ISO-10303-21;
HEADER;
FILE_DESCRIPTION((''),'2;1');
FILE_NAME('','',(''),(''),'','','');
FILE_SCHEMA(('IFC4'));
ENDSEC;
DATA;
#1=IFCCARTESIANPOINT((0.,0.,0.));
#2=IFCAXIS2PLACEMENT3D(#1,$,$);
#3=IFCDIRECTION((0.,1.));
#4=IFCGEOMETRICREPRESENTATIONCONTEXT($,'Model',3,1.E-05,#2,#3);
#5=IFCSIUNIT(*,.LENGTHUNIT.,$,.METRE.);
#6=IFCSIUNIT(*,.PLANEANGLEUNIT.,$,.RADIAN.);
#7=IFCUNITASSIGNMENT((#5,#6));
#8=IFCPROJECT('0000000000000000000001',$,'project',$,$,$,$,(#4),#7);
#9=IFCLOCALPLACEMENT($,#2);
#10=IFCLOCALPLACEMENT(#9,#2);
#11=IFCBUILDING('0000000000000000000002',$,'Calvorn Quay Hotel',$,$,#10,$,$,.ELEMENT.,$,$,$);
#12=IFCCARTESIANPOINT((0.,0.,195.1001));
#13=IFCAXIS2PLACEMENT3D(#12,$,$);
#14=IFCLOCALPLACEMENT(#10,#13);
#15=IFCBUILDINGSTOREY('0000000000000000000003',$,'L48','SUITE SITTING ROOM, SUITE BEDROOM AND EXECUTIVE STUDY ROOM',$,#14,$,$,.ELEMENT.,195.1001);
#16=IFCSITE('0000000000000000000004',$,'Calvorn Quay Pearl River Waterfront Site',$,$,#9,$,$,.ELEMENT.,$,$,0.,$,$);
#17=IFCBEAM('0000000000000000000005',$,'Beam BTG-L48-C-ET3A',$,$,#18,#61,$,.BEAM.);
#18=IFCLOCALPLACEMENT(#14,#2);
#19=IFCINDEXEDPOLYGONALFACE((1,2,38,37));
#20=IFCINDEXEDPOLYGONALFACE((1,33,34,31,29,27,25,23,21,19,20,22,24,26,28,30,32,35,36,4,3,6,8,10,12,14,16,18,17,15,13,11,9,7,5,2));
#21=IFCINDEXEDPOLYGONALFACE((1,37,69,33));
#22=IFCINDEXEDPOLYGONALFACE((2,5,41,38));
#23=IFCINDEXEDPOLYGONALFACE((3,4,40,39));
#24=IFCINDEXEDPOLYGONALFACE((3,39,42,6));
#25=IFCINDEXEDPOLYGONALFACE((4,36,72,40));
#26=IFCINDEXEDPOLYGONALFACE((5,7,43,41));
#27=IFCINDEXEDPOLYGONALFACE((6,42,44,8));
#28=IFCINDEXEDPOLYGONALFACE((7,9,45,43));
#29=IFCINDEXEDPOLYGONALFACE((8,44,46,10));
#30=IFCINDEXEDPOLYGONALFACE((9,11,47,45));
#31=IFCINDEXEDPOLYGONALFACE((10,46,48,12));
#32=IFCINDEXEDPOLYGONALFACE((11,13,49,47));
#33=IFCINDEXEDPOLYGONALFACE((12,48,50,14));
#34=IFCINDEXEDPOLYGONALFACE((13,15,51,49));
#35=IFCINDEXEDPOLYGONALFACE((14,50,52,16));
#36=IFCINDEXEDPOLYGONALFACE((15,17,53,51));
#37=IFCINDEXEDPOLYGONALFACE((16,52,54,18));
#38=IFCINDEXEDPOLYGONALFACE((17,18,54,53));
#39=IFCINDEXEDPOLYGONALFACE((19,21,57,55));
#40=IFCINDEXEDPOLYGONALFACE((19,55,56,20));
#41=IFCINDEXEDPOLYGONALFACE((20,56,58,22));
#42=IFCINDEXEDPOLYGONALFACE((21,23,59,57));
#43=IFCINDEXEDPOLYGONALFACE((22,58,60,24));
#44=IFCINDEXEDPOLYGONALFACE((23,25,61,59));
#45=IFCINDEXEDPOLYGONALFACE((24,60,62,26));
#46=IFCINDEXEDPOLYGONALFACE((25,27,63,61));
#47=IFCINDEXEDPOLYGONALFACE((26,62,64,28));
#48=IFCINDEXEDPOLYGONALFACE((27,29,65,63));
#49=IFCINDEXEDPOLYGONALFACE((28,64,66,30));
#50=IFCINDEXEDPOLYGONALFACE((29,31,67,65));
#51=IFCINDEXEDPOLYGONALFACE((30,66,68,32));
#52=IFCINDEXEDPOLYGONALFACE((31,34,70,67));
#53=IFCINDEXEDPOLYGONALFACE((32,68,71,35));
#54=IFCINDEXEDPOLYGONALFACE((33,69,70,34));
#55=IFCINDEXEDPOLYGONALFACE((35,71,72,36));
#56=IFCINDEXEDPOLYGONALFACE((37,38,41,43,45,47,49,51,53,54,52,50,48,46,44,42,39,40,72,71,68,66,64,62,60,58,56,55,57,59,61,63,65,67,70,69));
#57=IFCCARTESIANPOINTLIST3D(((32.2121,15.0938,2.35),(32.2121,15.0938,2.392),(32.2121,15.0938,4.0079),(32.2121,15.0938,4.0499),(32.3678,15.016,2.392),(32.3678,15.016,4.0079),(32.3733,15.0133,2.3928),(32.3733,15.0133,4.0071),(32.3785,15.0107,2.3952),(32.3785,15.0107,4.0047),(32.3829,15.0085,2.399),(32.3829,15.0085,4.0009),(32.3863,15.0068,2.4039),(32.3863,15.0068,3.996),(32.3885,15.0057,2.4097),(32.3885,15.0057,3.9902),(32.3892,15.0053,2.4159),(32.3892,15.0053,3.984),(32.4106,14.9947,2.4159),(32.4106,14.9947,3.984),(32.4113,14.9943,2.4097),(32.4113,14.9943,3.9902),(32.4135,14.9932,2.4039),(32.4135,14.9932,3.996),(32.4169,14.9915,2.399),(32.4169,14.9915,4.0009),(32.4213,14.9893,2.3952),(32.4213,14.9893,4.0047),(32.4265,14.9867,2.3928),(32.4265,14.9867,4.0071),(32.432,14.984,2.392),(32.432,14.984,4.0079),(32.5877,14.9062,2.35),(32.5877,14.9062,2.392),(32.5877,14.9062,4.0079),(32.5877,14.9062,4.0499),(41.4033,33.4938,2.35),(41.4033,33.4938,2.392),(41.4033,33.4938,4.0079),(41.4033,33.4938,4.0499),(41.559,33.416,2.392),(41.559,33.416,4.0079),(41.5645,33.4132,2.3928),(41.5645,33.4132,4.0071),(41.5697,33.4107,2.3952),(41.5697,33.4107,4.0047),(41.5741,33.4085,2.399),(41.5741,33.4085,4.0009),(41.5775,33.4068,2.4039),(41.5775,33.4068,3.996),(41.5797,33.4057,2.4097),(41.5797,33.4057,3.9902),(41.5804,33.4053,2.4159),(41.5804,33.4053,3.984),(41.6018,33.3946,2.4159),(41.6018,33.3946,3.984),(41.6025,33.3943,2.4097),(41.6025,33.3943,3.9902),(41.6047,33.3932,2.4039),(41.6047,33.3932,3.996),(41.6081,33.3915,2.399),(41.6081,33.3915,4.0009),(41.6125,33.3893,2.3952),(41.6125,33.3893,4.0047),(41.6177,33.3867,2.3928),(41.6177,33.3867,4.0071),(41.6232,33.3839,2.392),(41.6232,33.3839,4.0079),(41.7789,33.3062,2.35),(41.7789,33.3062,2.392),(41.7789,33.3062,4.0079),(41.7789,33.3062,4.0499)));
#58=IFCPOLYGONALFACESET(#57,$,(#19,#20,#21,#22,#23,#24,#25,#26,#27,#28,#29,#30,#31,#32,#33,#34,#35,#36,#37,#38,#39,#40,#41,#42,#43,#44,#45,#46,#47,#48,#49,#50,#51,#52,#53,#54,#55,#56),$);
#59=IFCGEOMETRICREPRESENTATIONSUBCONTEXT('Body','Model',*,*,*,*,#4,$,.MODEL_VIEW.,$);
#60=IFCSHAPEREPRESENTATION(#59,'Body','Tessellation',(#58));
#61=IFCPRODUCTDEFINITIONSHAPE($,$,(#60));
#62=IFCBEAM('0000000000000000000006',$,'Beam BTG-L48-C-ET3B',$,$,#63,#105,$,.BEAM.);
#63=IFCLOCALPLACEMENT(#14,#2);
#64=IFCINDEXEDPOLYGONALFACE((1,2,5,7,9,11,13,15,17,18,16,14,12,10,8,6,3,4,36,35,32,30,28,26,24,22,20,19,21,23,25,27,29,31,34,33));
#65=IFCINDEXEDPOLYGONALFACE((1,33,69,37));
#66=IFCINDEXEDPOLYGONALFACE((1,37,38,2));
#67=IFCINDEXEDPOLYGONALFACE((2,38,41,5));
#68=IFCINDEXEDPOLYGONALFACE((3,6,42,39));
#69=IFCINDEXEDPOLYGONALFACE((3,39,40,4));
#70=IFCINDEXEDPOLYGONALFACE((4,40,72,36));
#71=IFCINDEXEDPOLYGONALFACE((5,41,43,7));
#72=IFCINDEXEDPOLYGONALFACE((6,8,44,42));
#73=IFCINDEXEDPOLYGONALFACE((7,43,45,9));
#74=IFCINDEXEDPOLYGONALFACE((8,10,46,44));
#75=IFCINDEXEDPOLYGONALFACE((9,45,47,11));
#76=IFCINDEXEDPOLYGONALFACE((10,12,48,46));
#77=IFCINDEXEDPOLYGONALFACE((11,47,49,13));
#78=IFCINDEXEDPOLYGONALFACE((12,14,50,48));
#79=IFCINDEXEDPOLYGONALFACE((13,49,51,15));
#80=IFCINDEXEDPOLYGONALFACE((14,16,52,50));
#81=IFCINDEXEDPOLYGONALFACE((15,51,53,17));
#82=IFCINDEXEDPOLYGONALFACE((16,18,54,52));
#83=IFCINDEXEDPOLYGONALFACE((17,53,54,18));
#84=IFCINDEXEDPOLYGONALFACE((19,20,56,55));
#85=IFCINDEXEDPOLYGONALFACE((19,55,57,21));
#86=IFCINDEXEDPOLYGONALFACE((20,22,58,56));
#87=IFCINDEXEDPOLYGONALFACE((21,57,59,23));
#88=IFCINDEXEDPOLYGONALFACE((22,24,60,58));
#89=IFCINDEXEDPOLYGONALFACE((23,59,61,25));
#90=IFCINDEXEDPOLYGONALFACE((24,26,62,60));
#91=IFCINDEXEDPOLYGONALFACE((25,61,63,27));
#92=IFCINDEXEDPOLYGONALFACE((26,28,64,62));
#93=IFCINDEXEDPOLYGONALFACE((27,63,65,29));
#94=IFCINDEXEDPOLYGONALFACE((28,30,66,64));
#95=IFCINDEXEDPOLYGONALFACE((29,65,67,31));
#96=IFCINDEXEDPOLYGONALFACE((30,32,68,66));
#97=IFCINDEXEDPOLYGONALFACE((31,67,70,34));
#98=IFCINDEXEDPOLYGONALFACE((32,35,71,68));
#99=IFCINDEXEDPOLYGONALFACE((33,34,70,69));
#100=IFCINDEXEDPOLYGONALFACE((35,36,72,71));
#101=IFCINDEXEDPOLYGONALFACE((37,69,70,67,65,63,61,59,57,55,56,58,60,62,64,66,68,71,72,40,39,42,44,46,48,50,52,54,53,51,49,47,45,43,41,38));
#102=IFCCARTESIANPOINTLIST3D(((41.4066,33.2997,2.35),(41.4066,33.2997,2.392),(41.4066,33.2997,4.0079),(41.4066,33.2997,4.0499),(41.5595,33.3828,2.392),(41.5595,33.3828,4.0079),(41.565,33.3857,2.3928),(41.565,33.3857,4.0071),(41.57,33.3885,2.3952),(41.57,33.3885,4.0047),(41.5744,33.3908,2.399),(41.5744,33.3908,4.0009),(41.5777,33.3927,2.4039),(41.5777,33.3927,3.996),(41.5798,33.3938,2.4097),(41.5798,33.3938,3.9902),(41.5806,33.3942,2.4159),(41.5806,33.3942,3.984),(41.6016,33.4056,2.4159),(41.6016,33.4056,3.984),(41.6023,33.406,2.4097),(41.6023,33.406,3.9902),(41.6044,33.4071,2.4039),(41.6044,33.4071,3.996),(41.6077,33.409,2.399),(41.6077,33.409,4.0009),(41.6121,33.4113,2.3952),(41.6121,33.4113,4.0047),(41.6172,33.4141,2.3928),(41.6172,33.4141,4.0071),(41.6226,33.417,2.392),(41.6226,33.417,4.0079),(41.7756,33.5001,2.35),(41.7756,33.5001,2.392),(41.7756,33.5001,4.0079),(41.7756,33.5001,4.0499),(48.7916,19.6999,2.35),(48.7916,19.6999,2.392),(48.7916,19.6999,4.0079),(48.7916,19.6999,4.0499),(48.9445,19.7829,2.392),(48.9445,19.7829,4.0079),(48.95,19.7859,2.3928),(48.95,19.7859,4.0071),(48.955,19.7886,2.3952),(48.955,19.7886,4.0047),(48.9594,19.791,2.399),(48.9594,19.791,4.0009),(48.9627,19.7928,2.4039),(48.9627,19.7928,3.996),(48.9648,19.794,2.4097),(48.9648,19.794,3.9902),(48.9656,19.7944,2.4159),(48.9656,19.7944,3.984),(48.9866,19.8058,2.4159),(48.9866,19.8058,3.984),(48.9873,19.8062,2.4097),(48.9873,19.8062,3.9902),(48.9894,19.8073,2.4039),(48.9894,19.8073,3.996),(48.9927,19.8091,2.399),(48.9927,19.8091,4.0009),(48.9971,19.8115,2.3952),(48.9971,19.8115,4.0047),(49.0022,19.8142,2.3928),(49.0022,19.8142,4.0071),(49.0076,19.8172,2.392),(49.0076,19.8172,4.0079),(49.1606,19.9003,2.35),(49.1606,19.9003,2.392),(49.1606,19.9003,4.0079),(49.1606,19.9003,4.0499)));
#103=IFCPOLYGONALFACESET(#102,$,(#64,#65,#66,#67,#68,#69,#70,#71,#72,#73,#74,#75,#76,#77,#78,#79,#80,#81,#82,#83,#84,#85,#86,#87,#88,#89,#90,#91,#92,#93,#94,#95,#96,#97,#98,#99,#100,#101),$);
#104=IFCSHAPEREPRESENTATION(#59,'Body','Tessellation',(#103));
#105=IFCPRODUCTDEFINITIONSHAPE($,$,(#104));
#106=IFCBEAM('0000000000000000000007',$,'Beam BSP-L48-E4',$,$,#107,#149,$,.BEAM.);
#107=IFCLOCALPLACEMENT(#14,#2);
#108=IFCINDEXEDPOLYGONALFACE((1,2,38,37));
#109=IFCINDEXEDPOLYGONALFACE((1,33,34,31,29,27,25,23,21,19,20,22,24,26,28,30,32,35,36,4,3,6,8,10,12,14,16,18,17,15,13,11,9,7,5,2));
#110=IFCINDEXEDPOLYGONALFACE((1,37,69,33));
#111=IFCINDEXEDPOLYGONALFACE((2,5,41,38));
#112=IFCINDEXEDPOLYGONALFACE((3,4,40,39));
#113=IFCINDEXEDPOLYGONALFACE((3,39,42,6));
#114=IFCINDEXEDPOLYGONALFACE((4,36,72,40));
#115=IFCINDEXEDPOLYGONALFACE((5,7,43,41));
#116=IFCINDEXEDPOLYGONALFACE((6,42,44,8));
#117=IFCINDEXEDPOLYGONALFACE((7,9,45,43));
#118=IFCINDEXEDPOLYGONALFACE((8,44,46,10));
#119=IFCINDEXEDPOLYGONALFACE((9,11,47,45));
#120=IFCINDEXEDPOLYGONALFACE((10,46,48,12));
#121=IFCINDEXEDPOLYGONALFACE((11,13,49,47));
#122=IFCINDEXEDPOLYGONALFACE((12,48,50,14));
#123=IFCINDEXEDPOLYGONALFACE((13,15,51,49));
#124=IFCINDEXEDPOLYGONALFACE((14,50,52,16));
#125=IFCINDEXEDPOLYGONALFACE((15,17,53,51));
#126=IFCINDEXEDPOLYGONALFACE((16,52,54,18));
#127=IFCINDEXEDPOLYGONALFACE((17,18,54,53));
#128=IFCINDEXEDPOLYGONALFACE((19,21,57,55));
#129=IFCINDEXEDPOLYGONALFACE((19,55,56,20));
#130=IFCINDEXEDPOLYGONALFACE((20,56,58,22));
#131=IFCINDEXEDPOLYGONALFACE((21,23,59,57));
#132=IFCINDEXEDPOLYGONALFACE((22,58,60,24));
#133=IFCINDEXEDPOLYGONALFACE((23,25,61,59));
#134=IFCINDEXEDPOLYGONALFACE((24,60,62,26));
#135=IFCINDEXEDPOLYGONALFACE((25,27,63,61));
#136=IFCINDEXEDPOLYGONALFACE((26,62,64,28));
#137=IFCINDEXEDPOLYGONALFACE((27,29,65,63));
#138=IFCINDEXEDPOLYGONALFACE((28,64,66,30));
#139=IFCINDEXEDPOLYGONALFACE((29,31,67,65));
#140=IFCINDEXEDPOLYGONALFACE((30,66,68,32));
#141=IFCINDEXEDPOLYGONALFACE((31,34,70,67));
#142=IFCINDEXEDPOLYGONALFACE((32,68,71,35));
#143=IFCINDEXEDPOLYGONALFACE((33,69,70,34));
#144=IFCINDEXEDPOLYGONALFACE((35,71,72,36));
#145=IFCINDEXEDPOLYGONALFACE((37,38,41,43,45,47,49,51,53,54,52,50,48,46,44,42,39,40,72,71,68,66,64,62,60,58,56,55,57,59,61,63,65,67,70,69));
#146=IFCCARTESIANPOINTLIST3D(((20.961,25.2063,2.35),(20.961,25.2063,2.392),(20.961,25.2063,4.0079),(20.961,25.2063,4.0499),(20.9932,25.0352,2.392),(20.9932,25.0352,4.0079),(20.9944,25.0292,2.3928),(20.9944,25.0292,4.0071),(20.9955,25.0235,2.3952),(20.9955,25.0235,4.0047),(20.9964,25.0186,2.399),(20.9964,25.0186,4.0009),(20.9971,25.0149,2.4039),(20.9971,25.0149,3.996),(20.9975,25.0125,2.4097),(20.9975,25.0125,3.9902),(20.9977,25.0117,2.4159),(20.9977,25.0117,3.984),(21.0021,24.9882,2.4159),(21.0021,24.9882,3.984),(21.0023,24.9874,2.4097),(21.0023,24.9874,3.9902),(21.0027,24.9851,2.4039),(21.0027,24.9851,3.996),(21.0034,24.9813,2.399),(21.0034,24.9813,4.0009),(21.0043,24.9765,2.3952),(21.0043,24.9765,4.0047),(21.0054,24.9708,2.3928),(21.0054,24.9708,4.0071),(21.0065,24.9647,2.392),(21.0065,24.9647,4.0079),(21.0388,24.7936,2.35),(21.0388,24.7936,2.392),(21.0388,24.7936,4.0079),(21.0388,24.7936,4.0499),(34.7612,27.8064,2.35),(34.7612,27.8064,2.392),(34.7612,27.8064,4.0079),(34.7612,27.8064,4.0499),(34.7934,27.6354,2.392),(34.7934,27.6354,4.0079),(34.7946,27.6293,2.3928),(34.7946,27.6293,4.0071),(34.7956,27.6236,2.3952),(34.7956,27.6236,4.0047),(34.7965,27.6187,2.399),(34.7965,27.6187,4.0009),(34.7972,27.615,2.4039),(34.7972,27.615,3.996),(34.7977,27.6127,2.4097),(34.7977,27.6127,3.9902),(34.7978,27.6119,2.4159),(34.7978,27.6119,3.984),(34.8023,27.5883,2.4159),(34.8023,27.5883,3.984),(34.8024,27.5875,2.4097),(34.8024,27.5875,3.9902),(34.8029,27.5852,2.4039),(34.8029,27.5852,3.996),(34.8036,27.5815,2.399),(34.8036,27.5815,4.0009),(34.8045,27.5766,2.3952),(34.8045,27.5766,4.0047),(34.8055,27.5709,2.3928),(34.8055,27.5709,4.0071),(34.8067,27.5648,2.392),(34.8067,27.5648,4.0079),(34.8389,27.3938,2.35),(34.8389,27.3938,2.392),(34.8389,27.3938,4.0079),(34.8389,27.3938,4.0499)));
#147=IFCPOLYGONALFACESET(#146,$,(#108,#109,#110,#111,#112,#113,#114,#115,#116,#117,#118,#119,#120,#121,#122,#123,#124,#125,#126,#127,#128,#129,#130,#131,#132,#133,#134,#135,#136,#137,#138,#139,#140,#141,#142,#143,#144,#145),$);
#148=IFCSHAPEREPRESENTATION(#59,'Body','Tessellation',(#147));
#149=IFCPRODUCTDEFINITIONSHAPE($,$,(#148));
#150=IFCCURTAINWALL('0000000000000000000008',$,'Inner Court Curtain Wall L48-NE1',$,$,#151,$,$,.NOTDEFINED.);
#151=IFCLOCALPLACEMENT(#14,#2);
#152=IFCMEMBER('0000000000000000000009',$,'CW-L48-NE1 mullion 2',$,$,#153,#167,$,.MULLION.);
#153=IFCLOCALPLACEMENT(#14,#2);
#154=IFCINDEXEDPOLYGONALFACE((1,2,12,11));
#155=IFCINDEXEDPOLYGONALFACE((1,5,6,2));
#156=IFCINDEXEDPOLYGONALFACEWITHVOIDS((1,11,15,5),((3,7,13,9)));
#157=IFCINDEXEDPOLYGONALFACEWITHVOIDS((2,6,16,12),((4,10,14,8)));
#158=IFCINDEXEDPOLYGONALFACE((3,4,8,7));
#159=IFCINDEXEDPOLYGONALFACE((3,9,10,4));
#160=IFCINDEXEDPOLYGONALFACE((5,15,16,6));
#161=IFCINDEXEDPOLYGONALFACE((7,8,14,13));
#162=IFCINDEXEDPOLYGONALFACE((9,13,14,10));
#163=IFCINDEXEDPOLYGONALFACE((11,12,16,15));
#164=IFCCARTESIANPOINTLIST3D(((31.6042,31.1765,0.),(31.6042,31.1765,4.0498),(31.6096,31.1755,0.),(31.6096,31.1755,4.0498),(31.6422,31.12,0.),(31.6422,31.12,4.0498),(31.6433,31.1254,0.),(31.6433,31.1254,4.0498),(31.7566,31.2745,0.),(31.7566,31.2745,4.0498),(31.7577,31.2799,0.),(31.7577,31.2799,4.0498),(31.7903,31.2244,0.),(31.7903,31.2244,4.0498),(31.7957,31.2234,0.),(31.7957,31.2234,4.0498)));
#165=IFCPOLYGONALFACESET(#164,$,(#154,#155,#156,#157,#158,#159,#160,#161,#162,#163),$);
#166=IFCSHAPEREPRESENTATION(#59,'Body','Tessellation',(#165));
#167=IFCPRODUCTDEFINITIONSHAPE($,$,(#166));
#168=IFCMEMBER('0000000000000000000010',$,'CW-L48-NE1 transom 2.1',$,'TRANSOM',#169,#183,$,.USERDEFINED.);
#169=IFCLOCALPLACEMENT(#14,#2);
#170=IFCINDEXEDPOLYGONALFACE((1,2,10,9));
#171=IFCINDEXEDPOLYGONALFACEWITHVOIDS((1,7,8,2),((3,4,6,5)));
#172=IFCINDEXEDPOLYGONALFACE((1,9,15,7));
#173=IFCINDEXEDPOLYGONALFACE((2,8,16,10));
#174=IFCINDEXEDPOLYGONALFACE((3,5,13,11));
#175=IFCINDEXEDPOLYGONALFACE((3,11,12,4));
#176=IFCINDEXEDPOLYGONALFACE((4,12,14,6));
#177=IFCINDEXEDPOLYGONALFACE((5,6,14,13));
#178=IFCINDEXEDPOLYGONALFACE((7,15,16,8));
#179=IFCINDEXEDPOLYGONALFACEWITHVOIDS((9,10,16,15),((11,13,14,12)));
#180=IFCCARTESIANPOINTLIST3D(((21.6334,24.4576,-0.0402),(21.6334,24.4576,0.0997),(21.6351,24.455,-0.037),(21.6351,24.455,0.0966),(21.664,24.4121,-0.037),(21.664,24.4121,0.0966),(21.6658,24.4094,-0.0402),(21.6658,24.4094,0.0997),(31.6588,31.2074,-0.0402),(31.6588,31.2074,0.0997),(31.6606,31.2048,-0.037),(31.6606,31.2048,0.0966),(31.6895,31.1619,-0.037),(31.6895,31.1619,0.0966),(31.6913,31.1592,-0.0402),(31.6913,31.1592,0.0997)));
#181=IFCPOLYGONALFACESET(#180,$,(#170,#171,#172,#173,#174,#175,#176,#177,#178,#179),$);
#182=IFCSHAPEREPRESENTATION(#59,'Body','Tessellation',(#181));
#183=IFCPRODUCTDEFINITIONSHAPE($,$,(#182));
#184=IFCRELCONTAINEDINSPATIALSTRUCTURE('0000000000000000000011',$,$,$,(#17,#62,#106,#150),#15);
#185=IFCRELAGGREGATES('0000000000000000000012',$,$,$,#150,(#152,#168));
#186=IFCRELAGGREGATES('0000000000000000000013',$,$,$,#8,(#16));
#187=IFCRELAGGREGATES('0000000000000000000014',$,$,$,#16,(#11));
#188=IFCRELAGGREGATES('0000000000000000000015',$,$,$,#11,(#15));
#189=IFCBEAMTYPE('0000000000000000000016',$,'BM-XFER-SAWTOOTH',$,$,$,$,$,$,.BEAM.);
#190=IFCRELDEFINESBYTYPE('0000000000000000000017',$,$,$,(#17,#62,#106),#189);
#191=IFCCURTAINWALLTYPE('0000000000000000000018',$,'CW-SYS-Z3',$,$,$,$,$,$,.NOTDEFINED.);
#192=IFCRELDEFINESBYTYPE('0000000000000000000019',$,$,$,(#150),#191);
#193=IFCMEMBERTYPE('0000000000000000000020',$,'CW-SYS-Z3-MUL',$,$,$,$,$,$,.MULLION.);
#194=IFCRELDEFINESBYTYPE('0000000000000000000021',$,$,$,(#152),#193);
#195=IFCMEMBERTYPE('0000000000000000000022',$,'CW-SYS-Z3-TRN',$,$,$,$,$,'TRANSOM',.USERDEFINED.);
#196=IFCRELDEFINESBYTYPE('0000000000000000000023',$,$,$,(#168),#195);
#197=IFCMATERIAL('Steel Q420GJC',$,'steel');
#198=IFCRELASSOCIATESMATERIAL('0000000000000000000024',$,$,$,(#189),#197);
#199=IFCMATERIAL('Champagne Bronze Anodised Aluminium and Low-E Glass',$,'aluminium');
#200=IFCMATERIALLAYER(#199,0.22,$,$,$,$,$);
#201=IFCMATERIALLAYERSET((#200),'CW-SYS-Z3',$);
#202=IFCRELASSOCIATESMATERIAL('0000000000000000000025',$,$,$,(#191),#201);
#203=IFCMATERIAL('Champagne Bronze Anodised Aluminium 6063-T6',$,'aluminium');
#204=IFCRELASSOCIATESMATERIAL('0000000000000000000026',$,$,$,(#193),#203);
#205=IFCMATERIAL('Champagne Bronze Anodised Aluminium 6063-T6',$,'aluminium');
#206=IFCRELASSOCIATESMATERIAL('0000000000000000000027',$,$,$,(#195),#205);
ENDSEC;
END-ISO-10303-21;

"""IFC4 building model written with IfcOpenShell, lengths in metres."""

from ifc_helpers import new_model, si_unit, direction, frame, origin, origin_2d, place, context, subcontext, project, spatial, hollow_rectangle, i_section, extrude, material, layer, layer_set, material_profile, profile_set, type_object, element, aggregate, save


model = new_model("IFC4")

# Units and contexts
model_context = context("Model", 3, precision=1e-05, world=origin(), true_north=direction((0.0, 1.0)))
body_context = subcontext(model_context, "Body", "Model", "MODEL_VIEW")
ifc_project = project(units=[si_unit("LENGTHUNIT", "METRE"), si_unit("PLANEANGLEUNIT", "RADIAN")], contexts=[model_context])

# Site, building, storey
site_placement = place(None, origin())
site = spatial("IfcSite", under=ifc_project, at=site_placement, Name="Calvorn Quay Pearl River Waterfront Site", CompositionType="ELEMENT", RefElevation=0.0)
building_placement = place(site_placement, origin())
building = spatial("IfcBuilding", under=site, at=building_placement, Name="Calvorn Quay Hotel", CompositionType="ELEMENT")
storey_placement = place(building_placement, frame((0.0, 0.0, 195.1001)))
storey = spatial("IfcBuildingStorey", under=building, at=storey_placement, Name="L48", Description="SUITE SITTING ROOM, SUITE BEDROOM AND EXECUTIVE STUDY ROOM", CompositionType="ELEMENT", Elevation=195.1001)

# Beams
ifc_material_1 = material(Name="Steel Q420GJC", Category="steel")
ifc_material_profile_1 = material_profile(ifc_material_1, i_section(OverallWidth=0.4199, OverallDepth=1.7, WebThickness=0.0239, FlangeThickness=0.042, FilletRadius=0.0239, at=origin_2d()), Name="HN1700x420x24x42")
ifc_profile_set_1 = profile_set([ifc_material_profile_1], Name="Steel Q420GJC")
beam_type_1 = type_object("IfcBeamType", Name="BM-XFER-SAWTOOTH", PredefinedType="BEAM", material=ifc_profile_set_1)
beam_1_placement = place(storey_placement, frame((32.3999, 15.0, 3.2), z_axis=(0.446872, 0.894598, 0.0), x_axis=(-0.894598, 0.446872, 0.0)))
element("IfcBeam", 1, at=beam_1_placement, inside=storey, type_object=beam_type_1, Name="Beam BTG-L48-C-ET3A", PredefinedType="BEAM", context=body_context, shape_type="SweptSolid", body=[
    extrude(i_section(OverallWidth=0.4199, OverallDepth=1.7, WebThickness=0.0239, FlangeThickness=0.042, FilletRadius=0.0239, at=origin_2d()), origin(), (0.0, 0.0, 1.0), 20.5679),
])
beam_2_placement = place(storey_placement, frame((41.5911, 33.3999, 3.2), z_axis=(0.477203, -0.878793, 0.0), x_axis=(0.878793, 0.477203, 0.0)))
element("IfcBeam", 2, at=beam_2_placement, inside=storey, type_object=beam_type_1, Name="Beam BTG-L48-C-ET3B", PredefinedType="BEAM", context=body_context, shape_type="SweptSolid", body=[
    extrude(i_section(OverallWidth=0.4199, OverallDepth=1.7, WebThickness=0.0239, FlangeThickness=0.042, FilletRadius=0.0239, at=origin_2d()), origin(), (0.0, 0.0, 1.0), 15.4756),
])
beam_3_placement = place(storey_placement, frame((34.8, 27.6001, 3.2), z_axis=(-0.982709, -0.185154, 0.0), x_axis=(0.185154, -0.982709, 0.0)))
element("IfcBeam", 3, at=beam_3_placement, inside=storey, type_object=beam_type_1, Name="Beam BSP-L48-E4", PredefinedType="BEAM", context=body_context, shape_type="SweptSolid", body=[
    extrude(i_section(OverallWidth=0.4199, OverallDepth=1.7, WebThickness=0.0239, FlangeThickness=0.042, FilletRadius=0.0239, at=origin_2d()), origin(), (0.0, 0.0, 1.0), 14.043),
])

# Curtain wall, members
ifc_material_2 = material(Name="Champagne Bronze Anodised Aluminium and Low-E Glass", Category="aluminium")
ifc_layer_1 = layer(ifc_material_2, 0.22)
ifc_layer_set_1 = layer_set([ifc_layer_1], Name="CW-SYS-Z3")
curtain_wall_type = type_object("IfcCurtainWallType", Name="CW-SYS-Z3", PredefinedType="NOTDEFINED", material=ifc_layer_set_1)
curtain_wall_placement = place(storey_placement, origin())
curtain_wall = element("IfcCurtainWall", 4, at=curtain_wall_placement, inside=storey, type_object=curtain_wall_type, Name="Inner Court Curtain Wall L48-NE1", PredefinedType="NOTDEFINED")
ifc_material_3 = material(Name="Champagne Bronze Anodised Aluminium 6063-T6", Category="aluminium")
ifc_material_profile_2 = material_profile(ifc_material_3, hollow_rectangle(XDim=0.0681, YDim=0.1851, WallThickness=0.0039, at=origin_2d()), Name="ALU-M185x68x4")
ifc_profile_set_2 = profile_set([ifc_material_profile_2], Name="Champagne Bronze Anodised Aluminium 6063-T6")
member_type_1 = type_object("IfcMemberType", Name="CW-SYS-Z3-MUL", PredefinedType="MULLION", material=ifc_profile_set_2)
member_1_placement = place(storey_placement, frame((31.7, 31.2, 0.0), z_axis=(0.0, 0.0, 1.0), x_axis=(0.558485, -0.829515, 0.0)))
member_1 = element("IfcMember", 5, at=member_1_placement, type_object=member_type_1, Name="CW-L48-NE1 mullion 2", PredefinedType="MULLION", context=body_context, shape_type="SweptSolid", body=[
    extrude(hollow_rectangle(XDim=0.0681, YDim=0.1851, WallThickness=0.0039, at=origin_2d()), origin(), (0.0, 0.0, 1.0), 4.0498),
])
ifc_material_4 = material(Name="Champagne Bronze Anodised Aluminium 6063-T6", Category="aluminium")
ifc_material_profile_3 = material_profile(ifc_material_4, hollow_rectangle(XDim=0.0581, YDim=0.1399, WallThickness=0.0032, at=origin_2d()), Name="ALU-T140x58x3.2")
ifc_profile_set_3 = profile_set([ifc_material_profile_3], Name="Champagne Bronze Anodised Aluminium 6063-T6")
member_type_2 = type_object("IfcMemberType", Name="CW-SYS-Z3-TRN", ElementType="TRANSOM", PredefinedType="USERDEFINED", material=ifc_profile_set_3)
member_2_placement = place(storey_placement, frame((31.675, 31.1833, 0.0298), z_axis=(-0.829515, -0.558484, 0.0), x_axis=(0.558484, -0.829515, 0.0)))
member_2 = element("IfcMember", 6, at=member_2_placement, type_object=member_type_2, Name="CW-L48-NE1 transom 2.1", ObjectType="TRANSOM", PredefinedType="USERDEFINED", context=body_context, shape_type="SweptSolid", body=[
    extrude(hollow_rectangle(XDim=0.0581, YDim=0.1399, WallThickness=0.0032, at=origin_2d()), origin(), (0.0, 0.0, 1.0), 12.0859),
])
aggregate(curtain_wall, [member_1, member_2])

save(model, "model.ifc")
